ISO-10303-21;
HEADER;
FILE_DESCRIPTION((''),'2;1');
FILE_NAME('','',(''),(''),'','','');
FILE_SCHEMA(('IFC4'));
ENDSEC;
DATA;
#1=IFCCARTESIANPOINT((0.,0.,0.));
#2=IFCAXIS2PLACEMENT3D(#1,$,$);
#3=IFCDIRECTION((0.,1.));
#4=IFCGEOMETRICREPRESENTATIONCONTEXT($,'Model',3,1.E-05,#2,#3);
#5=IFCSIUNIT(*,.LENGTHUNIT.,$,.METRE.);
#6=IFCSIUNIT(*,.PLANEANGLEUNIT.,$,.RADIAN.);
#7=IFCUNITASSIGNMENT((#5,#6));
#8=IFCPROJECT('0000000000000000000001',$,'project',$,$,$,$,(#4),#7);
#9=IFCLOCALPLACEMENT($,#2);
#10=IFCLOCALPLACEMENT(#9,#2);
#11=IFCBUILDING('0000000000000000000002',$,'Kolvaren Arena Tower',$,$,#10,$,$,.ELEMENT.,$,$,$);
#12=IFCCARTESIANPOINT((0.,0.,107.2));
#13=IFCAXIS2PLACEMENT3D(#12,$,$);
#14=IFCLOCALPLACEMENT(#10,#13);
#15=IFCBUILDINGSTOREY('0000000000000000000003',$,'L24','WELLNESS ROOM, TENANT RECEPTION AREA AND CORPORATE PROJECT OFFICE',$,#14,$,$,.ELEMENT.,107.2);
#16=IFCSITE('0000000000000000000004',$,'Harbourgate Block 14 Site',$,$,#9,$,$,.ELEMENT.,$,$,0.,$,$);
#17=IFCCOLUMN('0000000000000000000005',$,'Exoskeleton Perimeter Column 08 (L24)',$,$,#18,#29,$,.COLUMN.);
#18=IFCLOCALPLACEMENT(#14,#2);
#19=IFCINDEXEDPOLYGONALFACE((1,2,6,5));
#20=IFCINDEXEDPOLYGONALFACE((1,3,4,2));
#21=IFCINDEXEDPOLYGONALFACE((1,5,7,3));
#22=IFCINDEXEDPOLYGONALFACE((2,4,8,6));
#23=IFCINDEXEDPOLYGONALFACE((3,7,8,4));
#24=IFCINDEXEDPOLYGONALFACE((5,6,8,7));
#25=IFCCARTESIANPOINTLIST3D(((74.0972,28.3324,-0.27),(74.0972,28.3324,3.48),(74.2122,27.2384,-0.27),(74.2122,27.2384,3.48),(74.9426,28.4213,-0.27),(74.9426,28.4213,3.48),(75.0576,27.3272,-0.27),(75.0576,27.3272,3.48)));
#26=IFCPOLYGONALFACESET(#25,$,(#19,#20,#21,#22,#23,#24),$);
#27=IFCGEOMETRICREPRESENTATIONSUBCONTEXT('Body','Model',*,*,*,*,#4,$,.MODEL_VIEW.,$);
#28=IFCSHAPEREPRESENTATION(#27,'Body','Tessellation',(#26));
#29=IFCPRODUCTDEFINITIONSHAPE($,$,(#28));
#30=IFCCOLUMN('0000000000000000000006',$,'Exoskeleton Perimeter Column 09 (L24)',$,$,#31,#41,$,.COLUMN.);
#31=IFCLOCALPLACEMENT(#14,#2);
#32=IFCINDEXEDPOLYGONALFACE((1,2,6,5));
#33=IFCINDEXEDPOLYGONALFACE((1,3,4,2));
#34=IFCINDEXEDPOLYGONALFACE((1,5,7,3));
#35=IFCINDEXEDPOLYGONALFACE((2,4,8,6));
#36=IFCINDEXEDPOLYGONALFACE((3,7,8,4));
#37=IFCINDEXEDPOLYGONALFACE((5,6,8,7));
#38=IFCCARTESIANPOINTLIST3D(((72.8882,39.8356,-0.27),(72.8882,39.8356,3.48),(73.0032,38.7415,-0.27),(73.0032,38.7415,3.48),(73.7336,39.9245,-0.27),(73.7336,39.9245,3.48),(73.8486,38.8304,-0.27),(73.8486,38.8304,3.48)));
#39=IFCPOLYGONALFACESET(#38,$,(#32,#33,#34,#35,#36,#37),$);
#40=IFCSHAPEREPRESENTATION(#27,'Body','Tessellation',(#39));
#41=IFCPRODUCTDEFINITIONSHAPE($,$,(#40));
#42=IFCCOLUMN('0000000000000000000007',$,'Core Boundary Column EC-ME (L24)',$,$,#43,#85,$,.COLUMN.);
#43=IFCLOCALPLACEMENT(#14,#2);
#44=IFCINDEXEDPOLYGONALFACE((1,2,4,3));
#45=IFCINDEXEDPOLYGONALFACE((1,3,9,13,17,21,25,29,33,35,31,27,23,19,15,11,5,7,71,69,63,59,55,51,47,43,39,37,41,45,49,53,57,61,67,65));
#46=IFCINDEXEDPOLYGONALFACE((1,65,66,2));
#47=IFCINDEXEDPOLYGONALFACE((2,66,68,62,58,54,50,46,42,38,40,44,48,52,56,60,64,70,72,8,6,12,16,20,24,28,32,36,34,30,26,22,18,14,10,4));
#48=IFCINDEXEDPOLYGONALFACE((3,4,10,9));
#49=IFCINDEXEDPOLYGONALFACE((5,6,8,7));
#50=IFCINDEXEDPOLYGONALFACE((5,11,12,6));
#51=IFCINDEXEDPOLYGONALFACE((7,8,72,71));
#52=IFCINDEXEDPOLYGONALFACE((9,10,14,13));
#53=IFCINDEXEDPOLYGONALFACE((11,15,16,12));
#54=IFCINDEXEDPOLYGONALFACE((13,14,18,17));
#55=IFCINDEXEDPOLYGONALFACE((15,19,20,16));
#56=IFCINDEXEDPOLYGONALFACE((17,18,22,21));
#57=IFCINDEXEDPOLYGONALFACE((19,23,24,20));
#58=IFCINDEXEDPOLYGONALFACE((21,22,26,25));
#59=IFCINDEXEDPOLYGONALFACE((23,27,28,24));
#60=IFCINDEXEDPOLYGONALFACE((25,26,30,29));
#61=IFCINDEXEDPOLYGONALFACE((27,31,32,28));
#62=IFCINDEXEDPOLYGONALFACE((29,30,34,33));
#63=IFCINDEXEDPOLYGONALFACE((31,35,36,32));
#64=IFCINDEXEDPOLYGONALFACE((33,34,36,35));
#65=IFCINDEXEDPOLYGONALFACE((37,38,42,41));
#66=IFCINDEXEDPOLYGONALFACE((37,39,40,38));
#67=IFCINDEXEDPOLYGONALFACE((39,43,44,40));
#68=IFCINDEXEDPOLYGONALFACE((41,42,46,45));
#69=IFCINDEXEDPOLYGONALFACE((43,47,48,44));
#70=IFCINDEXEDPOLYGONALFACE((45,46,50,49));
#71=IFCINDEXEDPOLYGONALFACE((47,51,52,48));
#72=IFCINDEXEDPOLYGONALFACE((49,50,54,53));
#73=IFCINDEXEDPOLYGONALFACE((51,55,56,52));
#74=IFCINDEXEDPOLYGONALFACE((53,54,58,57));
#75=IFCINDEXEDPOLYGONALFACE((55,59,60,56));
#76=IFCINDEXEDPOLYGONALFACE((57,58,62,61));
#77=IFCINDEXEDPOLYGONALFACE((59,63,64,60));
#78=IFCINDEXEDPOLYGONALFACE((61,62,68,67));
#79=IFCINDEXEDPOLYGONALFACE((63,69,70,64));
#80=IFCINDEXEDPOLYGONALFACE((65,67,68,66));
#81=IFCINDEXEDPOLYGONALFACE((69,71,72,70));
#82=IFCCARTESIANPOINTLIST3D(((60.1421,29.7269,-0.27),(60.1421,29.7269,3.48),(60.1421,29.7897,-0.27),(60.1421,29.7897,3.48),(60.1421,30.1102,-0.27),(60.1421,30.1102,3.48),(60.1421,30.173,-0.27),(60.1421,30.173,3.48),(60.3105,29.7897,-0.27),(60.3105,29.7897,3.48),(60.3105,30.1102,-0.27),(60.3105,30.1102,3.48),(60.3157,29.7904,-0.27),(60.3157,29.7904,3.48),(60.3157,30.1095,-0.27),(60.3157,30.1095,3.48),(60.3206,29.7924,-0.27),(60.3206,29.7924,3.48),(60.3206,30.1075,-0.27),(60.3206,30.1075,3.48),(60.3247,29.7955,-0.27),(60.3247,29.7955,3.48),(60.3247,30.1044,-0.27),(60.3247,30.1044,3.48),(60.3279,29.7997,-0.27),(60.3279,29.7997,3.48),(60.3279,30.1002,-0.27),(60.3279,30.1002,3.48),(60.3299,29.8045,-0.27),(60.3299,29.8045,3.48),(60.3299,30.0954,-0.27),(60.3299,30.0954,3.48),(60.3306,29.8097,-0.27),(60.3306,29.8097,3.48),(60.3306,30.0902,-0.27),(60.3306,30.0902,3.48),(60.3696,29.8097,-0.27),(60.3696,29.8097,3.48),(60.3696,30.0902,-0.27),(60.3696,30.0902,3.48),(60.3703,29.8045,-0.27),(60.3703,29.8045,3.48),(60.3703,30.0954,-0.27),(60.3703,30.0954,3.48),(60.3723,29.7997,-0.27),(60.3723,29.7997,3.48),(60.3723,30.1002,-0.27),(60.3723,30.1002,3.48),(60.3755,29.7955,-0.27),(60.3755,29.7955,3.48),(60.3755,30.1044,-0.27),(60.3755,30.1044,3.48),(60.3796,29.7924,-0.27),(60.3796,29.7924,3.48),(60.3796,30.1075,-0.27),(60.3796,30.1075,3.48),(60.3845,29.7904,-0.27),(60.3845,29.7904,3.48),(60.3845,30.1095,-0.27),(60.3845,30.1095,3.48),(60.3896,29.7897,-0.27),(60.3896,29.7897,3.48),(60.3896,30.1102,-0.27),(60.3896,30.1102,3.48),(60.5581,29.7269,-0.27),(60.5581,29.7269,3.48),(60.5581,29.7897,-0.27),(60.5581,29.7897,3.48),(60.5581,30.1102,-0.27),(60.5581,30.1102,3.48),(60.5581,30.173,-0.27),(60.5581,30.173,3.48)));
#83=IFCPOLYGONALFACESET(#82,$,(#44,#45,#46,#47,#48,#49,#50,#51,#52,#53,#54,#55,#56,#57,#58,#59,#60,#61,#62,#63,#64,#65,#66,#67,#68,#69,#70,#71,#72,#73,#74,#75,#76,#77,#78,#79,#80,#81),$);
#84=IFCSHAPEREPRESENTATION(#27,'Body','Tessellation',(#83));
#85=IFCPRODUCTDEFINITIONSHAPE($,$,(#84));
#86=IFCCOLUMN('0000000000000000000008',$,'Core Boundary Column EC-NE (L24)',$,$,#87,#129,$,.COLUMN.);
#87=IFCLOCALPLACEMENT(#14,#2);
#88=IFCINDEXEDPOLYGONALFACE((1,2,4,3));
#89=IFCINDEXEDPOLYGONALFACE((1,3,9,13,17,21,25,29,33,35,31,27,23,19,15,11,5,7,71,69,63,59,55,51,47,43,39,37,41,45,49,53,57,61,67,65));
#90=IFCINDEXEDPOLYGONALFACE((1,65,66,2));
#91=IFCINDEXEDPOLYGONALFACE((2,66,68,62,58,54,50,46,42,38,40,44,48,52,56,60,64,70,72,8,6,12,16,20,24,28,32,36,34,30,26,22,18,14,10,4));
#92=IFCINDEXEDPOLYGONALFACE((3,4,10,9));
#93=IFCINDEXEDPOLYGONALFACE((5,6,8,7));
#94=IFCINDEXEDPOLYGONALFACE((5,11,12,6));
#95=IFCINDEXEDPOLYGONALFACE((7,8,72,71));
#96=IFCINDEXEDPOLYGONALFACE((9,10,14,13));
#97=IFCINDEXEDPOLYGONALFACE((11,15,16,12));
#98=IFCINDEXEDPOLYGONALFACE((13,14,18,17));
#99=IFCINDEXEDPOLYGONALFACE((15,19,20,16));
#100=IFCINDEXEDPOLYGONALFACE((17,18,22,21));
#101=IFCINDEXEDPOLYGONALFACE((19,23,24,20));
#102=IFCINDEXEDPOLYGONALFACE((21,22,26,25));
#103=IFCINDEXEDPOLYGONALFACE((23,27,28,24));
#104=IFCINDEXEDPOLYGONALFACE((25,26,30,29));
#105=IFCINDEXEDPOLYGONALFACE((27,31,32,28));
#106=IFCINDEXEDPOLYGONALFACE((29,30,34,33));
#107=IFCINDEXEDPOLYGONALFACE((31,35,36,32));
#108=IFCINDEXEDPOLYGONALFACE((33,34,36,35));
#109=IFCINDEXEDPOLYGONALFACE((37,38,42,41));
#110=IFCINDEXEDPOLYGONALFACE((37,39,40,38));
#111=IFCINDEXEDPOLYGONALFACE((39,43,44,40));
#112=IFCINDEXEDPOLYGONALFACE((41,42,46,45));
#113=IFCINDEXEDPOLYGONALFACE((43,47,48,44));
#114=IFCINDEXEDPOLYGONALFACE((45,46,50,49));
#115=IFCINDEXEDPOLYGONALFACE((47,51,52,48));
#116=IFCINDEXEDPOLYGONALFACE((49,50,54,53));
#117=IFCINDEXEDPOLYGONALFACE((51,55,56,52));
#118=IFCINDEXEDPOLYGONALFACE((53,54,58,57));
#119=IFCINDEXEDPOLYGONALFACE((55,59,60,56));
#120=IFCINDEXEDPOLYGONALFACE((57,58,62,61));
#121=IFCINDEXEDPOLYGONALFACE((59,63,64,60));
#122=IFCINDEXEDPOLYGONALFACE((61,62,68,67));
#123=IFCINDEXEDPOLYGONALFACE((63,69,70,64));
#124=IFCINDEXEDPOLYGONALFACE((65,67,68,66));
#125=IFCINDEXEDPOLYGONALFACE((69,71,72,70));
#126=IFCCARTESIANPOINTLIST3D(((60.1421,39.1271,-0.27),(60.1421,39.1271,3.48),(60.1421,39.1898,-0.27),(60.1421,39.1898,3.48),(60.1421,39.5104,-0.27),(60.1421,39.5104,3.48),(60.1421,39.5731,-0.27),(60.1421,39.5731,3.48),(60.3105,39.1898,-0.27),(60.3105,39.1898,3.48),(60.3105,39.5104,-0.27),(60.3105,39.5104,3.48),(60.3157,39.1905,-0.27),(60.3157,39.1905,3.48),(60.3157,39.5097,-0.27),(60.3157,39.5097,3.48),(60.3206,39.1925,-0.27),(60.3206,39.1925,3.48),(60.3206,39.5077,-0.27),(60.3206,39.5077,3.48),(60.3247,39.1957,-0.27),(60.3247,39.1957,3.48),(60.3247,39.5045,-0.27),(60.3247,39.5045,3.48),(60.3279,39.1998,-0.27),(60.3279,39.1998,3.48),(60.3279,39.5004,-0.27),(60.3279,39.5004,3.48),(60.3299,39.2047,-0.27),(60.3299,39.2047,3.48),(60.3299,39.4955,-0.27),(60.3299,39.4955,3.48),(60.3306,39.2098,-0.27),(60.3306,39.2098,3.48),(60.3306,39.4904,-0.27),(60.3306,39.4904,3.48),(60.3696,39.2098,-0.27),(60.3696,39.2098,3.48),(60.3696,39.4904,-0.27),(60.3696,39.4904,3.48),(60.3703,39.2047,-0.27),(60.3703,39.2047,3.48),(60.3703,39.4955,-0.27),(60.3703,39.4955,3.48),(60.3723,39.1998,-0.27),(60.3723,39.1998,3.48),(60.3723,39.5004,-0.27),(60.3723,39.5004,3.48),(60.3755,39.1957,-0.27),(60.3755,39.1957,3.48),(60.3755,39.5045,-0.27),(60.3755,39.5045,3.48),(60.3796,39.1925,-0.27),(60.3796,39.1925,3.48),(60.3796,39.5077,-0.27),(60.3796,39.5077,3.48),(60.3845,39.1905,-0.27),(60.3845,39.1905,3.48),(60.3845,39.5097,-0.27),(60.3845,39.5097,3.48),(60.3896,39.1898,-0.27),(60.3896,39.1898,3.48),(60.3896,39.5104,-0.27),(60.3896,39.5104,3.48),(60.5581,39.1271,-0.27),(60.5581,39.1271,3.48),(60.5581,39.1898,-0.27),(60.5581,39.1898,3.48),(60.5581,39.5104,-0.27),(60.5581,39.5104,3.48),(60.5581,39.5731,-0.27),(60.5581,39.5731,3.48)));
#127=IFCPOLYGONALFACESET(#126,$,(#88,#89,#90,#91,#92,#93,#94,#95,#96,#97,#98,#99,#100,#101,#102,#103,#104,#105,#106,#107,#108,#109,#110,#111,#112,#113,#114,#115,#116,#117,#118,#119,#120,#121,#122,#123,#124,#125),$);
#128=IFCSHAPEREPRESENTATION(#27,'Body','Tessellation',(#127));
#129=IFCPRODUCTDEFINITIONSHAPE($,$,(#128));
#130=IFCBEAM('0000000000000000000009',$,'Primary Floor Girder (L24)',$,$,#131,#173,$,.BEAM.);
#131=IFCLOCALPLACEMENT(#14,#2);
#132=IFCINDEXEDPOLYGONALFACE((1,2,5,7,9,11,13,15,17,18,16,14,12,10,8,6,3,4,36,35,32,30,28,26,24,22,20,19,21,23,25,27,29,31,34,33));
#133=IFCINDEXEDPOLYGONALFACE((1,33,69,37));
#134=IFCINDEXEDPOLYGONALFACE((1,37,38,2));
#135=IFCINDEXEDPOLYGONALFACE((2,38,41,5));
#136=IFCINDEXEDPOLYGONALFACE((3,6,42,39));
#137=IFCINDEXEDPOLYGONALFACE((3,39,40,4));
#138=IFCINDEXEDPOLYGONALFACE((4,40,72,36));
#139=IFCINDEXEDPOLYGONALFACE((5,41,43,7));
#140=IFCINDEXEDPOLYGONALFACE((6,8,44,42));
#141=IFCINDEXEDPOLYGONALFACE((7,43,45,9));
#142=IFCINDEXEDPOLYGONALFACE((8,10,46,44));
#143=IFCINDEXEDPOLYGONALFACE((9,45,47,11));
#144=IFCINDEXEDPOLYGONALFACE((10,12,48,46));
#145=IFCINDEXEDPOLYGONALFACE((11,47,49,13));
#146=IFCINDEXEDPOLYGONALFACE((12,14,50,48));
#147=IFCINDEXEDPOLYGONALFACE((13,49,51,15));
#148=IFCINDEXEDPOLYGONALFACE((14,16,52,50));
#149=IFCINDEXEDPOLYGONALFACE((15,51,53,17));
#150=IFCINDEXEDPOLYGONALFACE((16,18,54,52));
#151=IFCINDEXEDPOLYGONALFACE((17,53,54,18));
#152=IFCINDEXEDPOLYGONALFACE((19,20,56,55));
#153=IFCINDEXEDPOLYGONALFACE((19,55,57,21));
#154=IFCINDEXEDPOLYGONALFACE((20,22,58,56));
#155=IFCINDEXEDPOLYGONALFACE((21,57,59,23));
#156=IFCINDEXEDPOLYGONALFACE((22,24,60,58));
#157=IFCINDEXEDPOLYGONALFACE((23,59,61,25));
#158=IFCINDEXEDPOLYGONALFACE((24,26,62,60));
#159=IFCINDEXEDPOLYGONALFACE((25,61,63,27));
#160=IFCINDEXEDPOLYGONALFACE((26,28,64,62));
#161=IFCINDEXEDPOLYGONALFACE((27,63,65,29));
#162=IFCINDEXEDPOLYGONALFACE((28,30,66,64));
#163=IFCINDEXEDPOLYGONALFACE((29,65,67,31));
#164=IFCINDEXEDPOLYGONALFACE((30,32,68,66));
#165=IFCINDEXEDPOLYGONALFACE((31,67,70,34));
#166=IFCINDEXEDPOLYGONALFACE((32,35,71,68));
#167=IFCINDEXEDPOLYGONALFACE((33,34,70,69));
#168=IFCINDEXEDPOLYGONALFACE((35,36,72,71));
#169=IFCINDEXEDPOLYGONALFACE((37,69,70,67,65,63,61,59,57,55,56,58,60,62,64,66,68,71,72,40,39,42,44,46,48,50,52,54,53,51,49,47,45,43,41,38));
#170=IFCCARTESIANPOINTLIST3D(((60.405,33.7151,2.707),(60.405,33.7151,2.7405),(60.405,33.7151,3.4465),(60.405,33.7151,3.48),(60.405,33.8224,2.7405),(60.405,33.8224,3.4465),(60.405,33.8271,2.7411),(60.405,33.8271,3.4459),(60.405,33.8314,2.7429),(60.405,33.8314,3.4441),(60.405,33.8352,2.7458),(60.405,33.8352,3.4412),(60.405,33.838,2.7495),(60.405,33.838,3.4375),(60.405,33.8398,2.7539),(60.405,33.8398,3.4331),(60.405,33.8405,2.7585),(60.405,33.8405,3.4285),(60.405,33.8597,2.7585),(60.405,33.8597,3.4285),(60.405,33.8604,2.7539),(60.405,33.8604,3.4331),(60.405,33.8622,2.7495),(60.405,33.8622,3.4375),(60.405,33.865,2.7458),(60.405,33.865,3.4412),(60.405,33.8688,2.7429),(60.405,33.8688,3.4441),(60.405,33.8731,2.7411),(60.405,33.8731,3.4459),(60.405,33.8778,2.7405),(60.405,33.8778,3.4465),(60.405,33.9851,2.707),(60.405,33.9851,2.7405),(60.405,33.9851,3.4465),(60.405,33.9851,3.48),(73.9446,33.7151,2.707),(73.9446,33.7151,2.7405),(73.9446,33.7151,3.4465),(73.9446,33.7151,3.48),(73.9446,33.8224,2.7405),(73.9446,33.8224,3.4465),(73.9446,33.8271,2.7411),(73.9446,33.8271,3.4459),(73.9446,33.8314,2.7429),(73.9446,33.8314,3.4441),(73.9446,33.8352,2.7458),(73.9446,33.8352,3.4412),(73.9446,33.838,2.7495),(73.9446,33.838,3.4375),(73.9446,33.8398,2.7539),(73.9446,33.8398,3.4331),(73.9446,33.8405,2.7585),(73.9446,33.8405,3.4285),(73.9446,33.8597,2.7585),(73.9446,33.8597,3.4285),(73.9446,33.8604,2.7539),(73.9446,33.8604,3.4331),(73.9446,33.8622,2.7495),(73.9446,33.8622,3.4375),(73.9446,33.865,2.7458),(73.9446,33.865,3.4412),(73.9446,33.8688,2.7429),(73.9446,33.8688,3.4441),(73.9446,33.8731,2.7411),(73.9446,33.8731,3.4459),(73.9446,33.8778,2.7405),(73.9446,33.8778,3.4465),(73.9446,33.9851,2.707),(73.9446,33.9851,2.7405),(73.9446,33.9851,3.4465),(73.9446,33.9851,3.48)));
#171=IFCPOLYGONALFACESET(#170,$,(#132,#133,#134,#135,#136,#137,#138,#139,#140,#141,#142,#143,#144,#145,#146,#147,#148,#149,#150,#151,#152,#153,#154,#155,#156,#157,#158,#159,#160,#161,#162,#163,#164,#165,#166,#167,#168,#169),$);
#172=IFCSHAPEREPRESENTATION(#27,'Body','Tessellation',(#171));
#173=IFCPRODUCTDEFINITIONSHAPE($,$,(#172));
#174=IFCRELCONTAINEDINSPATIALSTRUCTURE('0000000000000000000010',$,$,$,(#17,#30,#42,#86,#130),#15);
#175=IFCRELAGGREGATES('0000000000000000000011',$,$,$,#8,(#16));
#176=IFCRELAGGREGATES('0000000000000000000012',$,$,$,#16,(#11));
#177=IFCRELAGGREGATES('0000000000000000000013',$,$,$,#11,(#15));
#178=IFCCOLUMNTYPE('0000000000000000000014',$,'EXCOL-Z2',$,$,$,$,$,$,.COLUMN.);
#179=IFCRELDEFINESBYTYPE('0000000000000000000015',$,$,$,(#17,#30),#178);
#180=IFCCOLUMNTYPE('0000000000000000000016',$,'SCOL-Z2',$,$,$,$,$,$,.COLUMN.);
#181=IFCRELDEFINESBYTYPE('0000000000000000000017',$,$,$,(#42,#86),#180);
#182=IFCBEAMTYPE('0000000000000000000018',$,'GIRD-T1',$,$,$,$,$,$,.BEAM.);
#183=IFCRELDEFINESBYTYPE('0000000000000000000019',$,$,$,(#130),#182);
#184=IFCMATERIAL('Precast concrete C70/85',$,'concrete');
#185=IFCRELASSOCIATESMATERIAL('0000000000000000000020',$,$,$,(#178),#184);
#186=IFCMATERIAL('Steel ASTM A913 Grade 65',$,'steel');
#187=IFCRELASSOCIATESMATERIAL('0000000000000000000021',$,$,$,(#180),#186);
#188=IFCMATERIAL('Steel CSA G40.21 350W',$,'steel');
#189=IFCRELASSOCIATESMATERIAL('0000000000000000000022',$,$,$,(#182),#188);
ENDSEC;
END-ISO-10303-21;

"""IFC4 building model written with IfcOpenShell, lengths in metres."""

from ifc_helpers import new_model, si_unit, direction, frame, origin, origin_2d, place, context, subcontext, project, spatial, rectangle, i_section, extrude, material, material_profile, profile_set, type_object, element, save


model = new_model("IFC4")

# Units and contexts
model_context = context("Model", 3, precision=1e-05, world=origin(), true_north=direction((0.0, 1.0)))
body_context = subcontext(model_context, "Body", "Model", "MODEL_VIEW")
ifc_project = project(units=[si_unit("LENGTHUNIT", "METRE"), si_unit("PLANEANGLEUNIT", "RADIAN")], contexts=[model_context])

# Site, building, storey
site_placement = place(None, origin())
site = spatial("IfcSite", under=ifc_project, at=site_placement, Name="Harbourgate Block 14 Site", CompositionType="ELEMENT", RefElevation=0.0)
building_placement = place(site_placement, origin())
building = spatial("IfcBuilding", under=site, at=building_placement, Name="Kolvaren Arena Tower", CompositionType="ELEMENT")
storey_placement = place(building_placement, frame((0.0, 0.0, 107.2)))
storey = spatial("IfcBuildingStorey", under=building, at=storey_placement, Name="L24", Description="WELLNESS ROOM, TENANT RECEPTION AREA AND CORPORATE PROJECT OFFICE", CompositionType="ELEMENT", Elevation=107.2)

# Columns
ifc_material_1 = material(Name="Precast concrete C70/85", Category="concrete")
ifc_material_profile_1 = material_profile(ifc_material_1, rectangle(XDim=1.1001, YDim=0.8501, at=origin_2d()), Name="RC-1100x850")
ifc_profile_set_1 = profile_set([ifc_material_profile_1], Name="Precast concrete C70/85")
column_type_1 = type_object("IfcColumnType", Name="EXCOL-Z2", PredefinedType="COLUMN", material=ifc_profile_set_1)
for number, where, z_axis, x_axis, name in (
    (1, (74.5774, 27.8298, -0.27), (0.0, 0.0, 1.0), (-0.104528, 0.994522, 0.0), "Exoskeleton Perimeter Column 08 (L24)"),
    (2, (73.3684, 39.333, -0.27), (0.0, 0.0, 1.0), (-0.104528, 0.994522, 0.0), "Exoskeleton Perimeter Column 09 (L24)"),
):
    element("IfcColumn", number, at=place(storey_placement, frame(where, z_axis=z_axis, x_axis=x_axis)), inside=storey, type_object=column_type_1, Name=name, PredefinedType="COLUMN", context=body_context, shape_type="SweptSolid", body=[
        extrude(rectangle(XDim=1.1001, YDim=0.8501, at=origin_2d()), origin(), (0.0, 0.0, 1.0), 3.75),
    ])
ifc_material_2 = material(Name="Steel ASTM A913 Grade 65", Category="steel")
ifc_material_profile_2 = material_profile(ifc_material_2, i_section(OverallWidth=0.416, OverallDepth=0.446, WebThickness=0.0391, FlangeThickness=0.0627, FilletRadius=0.02, at=origin_2d()), Name="W360x509")
ifc_profile_set_2 = profile_set([ifc_material_profile_2], Name="Steel ASTM A913 Grade 65")
column_type_2 = type_object("IfcColumnType", Name="SCOL-Z2", PredefinedType="COLUMN", material=ifc_profile_set_2)
for number, where, z_axis, x_axis, name in (
    (3, (60.3501, 29.95, -0.27), (0.0, 0.0, 1.0), (1.0, 0.0, 0.0), "Core Boundary Column EC-ME (L24)"),
    (4, (60.3501, 39.3501, -0.27), (0.0, 0.0, 1.0), (1.0, 0.0, 0.0), "Core Boundary Column EC-NE (L24)"),
):
    element("IfcColumn", number, at=place(storey_placement, frame(where, z_axis=z_axis, x_axis=x_axis)), inside=storey, type_object=column_type_2, Name=name, PredefinedType="COLUMN", context=body_context, shape_type="SweptSolid", body=[
        extrude(i_section(OverallWidth=0.416, OverallDepth=0.446, WebThickness=0.0391, FlangeThickness=0.0627, FilletRadius=0.02, at=origin_2d()), origin(), (0.0, 0.0, 1.0), 3.75),
    ])

# Beam
ifc_material_3 = material(Name="Steel CSA G40.21 350W", Category="steel")
ifc_material_profile_3 = material_profile(ifc_material_3, i_section(OverallWidth=0.27, OverallDepth=0.7729, WebThickness=0.0193, FlangeThickness=0.0334, FilletRadius=0.0181, at=origin_2d()), Name="W760x257")
ifc_profile_set_3 = profile_set([ifc_material_profile_3], Name="Steel CSA G40.21 350W")
beam_type_1 = type_object("IfcBeamType", Name="GIRD-T1", PredefinedType="BEAM", material=ifc_profile_set_3)
beam_1_placement = place(storey_placement, frame((60.405, 33.8501, 3.0935), z_axis=(1.0, 0.0, 0.0), x_axis=(0.0, 1.0, 0.0)))
element("IfcBeam", 5, at=beam_1_placement, inside=storey, type_object=beam_type_1, Name="Primary Floor Girder (L24)", PredefinedType="BEAM", context=body_context, shape_type="SweptSolid", body=[
    extrude(i_section(OverallWidth=0.27, OverallDepth=0.7729, WebThickness=0.0193, FlangeThickness=0.0334, FilletRadius=0.0181, at=origin_2d()), origin(), (0.0, 0.0, 1.0), 13.5396),
])

save(model, "model.ifc")
